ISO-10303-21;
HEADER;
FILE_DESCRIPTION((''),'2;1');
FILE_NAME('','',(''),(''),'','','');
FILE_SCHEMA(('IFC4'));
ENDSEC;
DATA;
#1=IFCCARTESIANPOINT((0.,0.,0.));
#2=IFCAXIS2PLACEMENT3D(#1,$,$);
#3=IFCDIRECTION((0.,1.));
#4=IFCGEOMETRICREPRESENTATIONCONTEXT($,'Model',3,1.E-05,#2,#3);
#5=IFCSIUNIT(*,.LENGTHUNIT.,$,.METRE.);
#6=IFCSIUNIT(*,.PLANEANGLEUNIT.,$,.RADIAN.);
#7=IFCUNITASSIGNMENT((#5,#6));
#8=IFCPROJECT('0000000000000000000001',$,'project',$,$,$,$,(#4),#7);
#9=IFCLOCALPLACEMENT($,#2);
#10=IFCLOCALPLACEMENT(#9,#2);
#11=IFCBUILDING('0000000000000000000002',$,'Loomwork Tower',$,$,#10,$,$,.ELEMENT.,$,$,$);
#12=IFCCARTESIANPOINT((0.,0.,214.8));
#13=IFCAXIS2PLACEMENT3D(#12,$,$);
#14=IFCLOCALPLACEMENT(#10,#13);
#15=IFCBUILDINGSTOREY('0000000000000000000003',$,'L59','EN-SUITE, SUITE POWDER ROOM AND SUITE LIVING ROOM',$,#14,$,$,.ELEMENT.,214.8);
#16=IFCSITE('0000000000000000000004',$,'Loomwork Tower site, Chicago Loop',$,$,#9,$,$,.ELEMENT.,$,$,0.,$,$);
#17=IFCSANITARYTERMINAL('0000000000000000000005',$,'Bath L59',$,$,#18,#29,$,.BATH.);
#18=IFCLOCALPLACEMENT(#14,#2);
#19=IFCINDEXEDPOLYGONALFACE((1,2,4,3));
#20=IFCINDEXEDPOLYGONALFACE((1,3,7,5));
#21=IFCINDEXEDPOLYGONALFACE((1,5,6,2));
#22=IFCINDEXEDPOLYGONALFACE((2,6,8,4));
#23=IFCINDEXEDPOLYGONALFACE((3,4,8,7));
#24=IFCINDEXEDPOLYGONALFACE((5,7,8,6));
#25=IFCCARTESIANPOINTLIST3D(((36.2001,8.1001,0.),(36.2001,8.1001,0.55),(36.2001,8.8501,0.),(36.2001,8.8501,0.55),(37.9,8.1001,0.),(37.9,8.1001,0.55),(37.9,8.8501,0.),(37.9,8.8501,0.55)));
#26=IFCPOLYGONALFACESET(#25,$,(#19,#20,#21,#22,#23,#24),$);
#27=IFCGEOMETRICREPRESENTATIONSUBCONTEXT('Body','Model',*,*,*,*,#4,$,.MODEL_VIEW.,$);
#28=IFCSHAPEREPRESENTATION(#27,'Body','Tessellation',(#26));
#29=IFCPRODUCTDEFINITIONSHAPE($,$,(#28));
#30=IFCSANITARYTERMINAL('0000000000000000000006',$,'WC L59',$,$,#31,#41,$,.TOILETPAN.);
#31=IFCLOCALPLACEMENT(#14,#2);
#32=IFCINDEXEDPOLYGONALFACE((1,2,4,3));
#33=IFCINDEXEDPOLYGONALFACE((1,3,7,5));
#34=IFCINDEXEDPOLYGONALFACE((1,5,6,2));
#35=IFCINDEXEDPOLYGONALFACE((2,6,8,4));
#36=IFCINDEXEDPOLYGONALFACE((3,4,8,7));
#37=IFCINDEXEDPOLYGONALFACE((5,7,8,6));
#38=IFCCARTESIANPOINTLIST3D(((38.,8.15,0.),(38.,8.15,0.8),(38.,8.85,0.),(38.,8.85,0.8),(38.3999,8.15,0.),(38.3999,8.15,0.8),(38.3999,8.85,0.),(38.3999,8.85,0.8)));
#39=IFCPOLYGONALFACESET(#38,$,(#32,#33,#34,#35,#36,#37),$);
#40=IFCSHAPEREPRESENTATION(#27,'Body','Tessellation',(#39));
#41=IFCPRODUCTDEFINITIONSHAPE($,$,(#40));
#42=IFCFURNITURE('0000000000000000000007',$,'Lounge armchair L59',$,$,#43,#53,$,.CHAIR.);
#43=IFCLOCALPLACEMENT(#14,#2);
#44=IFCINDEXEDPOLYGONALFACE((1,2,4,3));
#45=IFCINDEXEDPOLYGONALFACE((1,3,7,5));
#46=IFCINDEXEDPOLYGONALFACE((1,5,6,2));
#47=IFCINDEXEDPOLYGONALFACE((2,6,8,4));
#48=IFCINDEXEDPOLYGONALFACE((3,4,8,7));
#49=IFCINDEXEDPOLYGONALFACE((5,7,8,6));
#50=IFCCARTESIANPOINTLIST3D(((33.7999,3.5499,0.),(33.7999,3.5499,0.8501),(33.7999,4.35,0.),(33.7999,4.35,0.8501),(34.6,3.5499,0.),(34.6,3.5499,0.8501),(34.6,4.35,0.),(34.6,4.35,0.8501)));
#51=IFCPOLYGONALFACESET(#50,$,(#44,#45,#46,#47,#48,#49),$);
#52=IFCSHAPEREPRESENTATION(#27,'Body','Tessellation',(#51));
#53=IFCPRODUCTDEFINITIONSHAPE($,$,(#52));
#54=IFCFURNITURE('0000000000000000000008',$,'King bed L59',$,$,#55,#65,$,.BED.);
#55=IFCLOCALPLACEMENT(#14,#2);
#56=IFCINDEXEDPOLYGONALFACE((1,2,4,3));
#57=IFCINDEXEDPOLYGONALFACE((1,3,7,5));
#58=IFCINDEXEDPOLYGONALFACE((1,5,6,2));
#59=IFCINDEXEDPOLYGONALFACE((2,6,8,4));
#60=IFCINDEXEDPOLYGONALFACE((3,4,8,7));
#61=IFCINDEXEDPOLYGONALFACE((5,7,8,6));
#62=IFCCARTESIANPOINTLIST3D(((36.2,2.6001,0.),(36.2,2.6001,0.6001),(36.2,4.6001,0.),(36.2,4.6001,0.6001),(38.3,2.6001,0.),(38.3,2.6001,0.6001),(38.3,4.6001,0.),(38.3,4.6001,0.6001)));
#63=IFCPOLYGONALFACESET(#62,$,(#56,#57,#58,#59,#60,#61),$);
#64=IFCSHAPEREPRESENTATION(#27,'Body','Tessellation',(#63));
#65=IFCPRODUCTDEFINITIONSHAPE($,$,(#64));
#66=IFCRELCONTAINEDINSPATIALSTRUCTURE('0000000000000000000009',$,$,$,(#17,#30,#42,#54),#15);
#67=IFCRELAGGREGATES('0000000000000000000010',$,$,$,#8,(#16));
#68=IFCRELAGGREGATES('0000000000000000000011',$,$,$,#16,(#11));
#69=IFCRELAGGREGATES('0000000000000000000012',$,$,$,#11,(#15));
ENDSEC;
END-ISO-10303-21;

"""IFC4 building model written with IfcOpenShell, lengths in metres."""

from ifc_helpers import new_model, si_unit, direction, frame, origin, origin_2d, place, context, subcontext, project, spatial, rectangle, extrude, element, save


model = new_model("IFC4")

# Units and contexts
model_context = context("Model", 3, precision=1e-05, world=origin(), true_north=direction((0.0, 1.0)))
body_context = subcontext(model_context, "Body", "Model", "MODEL_VIEW")
ifc_project = project(units=[si_unit("LENGTHUNIT", "METRE"), si_unit("PLANEANGLEUNIT", "RADIAN")], contexts=[model_context])

# Site, building, storey
site_placement = place(None, origin())
site = spatial("IfcSite", under=ifc_project, at=site_placement, Name="Loomwork Tower site, Chicago Loop", CompositionType="ELEMENT", RefElevation=0.0)
building_placement = place(site_placement, origin())
building = spatial("IfcBuilding", under=site, at=building_placement, Name="Loomwork Tower", CompositionType="ELEMENT")
storey_placement = place(building_placement, frame((0.0, 0.0, 214.8)))
storey = spatial("IfcBuildingStorey", under=building, at=storey_placement, Name="L59", Description="EN-SUITE, SUITE POWDER ROOM AND SUITE LIVING ROOM", CompositionType="ELEMENT", Elevation=214.8)

# Sanitary terminals
sanitary_terminal_1_placement = place(storey_placement, frame((37.05, 8.4751, 0.0), z_axis=(0.0, 0.0, 1.0), x_axis=(1.0, 0.0, 0.0)))
element("IfcSanitaryTerminal", 1, at=sanitary_terminal_1_placement, inside=storey, Name="Bath L59", PredefinedType="BATH", context=body_context, shape_type="SweptSolid", body=[
    extrude(rectangle(XDim=1.7, YDim=0.75, at=origin_2d()), origin(), (0.0, 0.0, 1.0), 0.55),
])
sanitary_terminal_2_placement = place(storey_placement, frame((38.2, 8.5, 0.0), z_axis=(0.0, 0.0, 1.0), x_axis=(1.0, 0.0, 0.0)))
element("IfcSanitaryTerminal", 2, at=sanitary_terminal_2_placement, inside=storey, Name="WC L59", PredefinedType="TOILETPAN", context=body_context, shape_type="SweptSolid", body=[
    extrude(rectangle(XDim=0.3999, YDim=0.7, at=origin_2d()), origin(), (0.0, 0.0, 1.0), 0.8),
])

# Furniture
furniture_1_placement = place(storey_placement, frame((34.2, 3.95, 0.0), z_axis=(0.0, 0.0, 1.0), x_axis=(1.0, 0.0, 0.0)))
element("IfcFurniture", 3, at=furniture_1_placement, inside=storey, Name="Lounge armchair L59", PredefinedType="CHAIR", context=body_context, shape_type="SweptSolid", body=[
    extrude(rectangle(XDim=0.8, YDim=0.8, at=origin_2d()), origin(), (0.0, 0.0, 1.0), 0.8501),
])
furniture_2_placement = place(storey_placement, frame((37.25, 3.6001, 0.0), z_axis=(0.0, 0.0, 1.0), x_axis=(1.0, 0.0, 0.0)))
element("IfcFurniture", 4, at=furniture_2_placement, inside=storey, Name="King bed L59", PredefinedType="BED", context=body_context, shape_type="SweptSolid", body=[
    extrude(rectangle(XDim=2.1001, YDim=2.0, at=origin_2d()), origin(), (0.0, 0.0, 1.0), 0.6001),
])

save(model, "model.ifc")
